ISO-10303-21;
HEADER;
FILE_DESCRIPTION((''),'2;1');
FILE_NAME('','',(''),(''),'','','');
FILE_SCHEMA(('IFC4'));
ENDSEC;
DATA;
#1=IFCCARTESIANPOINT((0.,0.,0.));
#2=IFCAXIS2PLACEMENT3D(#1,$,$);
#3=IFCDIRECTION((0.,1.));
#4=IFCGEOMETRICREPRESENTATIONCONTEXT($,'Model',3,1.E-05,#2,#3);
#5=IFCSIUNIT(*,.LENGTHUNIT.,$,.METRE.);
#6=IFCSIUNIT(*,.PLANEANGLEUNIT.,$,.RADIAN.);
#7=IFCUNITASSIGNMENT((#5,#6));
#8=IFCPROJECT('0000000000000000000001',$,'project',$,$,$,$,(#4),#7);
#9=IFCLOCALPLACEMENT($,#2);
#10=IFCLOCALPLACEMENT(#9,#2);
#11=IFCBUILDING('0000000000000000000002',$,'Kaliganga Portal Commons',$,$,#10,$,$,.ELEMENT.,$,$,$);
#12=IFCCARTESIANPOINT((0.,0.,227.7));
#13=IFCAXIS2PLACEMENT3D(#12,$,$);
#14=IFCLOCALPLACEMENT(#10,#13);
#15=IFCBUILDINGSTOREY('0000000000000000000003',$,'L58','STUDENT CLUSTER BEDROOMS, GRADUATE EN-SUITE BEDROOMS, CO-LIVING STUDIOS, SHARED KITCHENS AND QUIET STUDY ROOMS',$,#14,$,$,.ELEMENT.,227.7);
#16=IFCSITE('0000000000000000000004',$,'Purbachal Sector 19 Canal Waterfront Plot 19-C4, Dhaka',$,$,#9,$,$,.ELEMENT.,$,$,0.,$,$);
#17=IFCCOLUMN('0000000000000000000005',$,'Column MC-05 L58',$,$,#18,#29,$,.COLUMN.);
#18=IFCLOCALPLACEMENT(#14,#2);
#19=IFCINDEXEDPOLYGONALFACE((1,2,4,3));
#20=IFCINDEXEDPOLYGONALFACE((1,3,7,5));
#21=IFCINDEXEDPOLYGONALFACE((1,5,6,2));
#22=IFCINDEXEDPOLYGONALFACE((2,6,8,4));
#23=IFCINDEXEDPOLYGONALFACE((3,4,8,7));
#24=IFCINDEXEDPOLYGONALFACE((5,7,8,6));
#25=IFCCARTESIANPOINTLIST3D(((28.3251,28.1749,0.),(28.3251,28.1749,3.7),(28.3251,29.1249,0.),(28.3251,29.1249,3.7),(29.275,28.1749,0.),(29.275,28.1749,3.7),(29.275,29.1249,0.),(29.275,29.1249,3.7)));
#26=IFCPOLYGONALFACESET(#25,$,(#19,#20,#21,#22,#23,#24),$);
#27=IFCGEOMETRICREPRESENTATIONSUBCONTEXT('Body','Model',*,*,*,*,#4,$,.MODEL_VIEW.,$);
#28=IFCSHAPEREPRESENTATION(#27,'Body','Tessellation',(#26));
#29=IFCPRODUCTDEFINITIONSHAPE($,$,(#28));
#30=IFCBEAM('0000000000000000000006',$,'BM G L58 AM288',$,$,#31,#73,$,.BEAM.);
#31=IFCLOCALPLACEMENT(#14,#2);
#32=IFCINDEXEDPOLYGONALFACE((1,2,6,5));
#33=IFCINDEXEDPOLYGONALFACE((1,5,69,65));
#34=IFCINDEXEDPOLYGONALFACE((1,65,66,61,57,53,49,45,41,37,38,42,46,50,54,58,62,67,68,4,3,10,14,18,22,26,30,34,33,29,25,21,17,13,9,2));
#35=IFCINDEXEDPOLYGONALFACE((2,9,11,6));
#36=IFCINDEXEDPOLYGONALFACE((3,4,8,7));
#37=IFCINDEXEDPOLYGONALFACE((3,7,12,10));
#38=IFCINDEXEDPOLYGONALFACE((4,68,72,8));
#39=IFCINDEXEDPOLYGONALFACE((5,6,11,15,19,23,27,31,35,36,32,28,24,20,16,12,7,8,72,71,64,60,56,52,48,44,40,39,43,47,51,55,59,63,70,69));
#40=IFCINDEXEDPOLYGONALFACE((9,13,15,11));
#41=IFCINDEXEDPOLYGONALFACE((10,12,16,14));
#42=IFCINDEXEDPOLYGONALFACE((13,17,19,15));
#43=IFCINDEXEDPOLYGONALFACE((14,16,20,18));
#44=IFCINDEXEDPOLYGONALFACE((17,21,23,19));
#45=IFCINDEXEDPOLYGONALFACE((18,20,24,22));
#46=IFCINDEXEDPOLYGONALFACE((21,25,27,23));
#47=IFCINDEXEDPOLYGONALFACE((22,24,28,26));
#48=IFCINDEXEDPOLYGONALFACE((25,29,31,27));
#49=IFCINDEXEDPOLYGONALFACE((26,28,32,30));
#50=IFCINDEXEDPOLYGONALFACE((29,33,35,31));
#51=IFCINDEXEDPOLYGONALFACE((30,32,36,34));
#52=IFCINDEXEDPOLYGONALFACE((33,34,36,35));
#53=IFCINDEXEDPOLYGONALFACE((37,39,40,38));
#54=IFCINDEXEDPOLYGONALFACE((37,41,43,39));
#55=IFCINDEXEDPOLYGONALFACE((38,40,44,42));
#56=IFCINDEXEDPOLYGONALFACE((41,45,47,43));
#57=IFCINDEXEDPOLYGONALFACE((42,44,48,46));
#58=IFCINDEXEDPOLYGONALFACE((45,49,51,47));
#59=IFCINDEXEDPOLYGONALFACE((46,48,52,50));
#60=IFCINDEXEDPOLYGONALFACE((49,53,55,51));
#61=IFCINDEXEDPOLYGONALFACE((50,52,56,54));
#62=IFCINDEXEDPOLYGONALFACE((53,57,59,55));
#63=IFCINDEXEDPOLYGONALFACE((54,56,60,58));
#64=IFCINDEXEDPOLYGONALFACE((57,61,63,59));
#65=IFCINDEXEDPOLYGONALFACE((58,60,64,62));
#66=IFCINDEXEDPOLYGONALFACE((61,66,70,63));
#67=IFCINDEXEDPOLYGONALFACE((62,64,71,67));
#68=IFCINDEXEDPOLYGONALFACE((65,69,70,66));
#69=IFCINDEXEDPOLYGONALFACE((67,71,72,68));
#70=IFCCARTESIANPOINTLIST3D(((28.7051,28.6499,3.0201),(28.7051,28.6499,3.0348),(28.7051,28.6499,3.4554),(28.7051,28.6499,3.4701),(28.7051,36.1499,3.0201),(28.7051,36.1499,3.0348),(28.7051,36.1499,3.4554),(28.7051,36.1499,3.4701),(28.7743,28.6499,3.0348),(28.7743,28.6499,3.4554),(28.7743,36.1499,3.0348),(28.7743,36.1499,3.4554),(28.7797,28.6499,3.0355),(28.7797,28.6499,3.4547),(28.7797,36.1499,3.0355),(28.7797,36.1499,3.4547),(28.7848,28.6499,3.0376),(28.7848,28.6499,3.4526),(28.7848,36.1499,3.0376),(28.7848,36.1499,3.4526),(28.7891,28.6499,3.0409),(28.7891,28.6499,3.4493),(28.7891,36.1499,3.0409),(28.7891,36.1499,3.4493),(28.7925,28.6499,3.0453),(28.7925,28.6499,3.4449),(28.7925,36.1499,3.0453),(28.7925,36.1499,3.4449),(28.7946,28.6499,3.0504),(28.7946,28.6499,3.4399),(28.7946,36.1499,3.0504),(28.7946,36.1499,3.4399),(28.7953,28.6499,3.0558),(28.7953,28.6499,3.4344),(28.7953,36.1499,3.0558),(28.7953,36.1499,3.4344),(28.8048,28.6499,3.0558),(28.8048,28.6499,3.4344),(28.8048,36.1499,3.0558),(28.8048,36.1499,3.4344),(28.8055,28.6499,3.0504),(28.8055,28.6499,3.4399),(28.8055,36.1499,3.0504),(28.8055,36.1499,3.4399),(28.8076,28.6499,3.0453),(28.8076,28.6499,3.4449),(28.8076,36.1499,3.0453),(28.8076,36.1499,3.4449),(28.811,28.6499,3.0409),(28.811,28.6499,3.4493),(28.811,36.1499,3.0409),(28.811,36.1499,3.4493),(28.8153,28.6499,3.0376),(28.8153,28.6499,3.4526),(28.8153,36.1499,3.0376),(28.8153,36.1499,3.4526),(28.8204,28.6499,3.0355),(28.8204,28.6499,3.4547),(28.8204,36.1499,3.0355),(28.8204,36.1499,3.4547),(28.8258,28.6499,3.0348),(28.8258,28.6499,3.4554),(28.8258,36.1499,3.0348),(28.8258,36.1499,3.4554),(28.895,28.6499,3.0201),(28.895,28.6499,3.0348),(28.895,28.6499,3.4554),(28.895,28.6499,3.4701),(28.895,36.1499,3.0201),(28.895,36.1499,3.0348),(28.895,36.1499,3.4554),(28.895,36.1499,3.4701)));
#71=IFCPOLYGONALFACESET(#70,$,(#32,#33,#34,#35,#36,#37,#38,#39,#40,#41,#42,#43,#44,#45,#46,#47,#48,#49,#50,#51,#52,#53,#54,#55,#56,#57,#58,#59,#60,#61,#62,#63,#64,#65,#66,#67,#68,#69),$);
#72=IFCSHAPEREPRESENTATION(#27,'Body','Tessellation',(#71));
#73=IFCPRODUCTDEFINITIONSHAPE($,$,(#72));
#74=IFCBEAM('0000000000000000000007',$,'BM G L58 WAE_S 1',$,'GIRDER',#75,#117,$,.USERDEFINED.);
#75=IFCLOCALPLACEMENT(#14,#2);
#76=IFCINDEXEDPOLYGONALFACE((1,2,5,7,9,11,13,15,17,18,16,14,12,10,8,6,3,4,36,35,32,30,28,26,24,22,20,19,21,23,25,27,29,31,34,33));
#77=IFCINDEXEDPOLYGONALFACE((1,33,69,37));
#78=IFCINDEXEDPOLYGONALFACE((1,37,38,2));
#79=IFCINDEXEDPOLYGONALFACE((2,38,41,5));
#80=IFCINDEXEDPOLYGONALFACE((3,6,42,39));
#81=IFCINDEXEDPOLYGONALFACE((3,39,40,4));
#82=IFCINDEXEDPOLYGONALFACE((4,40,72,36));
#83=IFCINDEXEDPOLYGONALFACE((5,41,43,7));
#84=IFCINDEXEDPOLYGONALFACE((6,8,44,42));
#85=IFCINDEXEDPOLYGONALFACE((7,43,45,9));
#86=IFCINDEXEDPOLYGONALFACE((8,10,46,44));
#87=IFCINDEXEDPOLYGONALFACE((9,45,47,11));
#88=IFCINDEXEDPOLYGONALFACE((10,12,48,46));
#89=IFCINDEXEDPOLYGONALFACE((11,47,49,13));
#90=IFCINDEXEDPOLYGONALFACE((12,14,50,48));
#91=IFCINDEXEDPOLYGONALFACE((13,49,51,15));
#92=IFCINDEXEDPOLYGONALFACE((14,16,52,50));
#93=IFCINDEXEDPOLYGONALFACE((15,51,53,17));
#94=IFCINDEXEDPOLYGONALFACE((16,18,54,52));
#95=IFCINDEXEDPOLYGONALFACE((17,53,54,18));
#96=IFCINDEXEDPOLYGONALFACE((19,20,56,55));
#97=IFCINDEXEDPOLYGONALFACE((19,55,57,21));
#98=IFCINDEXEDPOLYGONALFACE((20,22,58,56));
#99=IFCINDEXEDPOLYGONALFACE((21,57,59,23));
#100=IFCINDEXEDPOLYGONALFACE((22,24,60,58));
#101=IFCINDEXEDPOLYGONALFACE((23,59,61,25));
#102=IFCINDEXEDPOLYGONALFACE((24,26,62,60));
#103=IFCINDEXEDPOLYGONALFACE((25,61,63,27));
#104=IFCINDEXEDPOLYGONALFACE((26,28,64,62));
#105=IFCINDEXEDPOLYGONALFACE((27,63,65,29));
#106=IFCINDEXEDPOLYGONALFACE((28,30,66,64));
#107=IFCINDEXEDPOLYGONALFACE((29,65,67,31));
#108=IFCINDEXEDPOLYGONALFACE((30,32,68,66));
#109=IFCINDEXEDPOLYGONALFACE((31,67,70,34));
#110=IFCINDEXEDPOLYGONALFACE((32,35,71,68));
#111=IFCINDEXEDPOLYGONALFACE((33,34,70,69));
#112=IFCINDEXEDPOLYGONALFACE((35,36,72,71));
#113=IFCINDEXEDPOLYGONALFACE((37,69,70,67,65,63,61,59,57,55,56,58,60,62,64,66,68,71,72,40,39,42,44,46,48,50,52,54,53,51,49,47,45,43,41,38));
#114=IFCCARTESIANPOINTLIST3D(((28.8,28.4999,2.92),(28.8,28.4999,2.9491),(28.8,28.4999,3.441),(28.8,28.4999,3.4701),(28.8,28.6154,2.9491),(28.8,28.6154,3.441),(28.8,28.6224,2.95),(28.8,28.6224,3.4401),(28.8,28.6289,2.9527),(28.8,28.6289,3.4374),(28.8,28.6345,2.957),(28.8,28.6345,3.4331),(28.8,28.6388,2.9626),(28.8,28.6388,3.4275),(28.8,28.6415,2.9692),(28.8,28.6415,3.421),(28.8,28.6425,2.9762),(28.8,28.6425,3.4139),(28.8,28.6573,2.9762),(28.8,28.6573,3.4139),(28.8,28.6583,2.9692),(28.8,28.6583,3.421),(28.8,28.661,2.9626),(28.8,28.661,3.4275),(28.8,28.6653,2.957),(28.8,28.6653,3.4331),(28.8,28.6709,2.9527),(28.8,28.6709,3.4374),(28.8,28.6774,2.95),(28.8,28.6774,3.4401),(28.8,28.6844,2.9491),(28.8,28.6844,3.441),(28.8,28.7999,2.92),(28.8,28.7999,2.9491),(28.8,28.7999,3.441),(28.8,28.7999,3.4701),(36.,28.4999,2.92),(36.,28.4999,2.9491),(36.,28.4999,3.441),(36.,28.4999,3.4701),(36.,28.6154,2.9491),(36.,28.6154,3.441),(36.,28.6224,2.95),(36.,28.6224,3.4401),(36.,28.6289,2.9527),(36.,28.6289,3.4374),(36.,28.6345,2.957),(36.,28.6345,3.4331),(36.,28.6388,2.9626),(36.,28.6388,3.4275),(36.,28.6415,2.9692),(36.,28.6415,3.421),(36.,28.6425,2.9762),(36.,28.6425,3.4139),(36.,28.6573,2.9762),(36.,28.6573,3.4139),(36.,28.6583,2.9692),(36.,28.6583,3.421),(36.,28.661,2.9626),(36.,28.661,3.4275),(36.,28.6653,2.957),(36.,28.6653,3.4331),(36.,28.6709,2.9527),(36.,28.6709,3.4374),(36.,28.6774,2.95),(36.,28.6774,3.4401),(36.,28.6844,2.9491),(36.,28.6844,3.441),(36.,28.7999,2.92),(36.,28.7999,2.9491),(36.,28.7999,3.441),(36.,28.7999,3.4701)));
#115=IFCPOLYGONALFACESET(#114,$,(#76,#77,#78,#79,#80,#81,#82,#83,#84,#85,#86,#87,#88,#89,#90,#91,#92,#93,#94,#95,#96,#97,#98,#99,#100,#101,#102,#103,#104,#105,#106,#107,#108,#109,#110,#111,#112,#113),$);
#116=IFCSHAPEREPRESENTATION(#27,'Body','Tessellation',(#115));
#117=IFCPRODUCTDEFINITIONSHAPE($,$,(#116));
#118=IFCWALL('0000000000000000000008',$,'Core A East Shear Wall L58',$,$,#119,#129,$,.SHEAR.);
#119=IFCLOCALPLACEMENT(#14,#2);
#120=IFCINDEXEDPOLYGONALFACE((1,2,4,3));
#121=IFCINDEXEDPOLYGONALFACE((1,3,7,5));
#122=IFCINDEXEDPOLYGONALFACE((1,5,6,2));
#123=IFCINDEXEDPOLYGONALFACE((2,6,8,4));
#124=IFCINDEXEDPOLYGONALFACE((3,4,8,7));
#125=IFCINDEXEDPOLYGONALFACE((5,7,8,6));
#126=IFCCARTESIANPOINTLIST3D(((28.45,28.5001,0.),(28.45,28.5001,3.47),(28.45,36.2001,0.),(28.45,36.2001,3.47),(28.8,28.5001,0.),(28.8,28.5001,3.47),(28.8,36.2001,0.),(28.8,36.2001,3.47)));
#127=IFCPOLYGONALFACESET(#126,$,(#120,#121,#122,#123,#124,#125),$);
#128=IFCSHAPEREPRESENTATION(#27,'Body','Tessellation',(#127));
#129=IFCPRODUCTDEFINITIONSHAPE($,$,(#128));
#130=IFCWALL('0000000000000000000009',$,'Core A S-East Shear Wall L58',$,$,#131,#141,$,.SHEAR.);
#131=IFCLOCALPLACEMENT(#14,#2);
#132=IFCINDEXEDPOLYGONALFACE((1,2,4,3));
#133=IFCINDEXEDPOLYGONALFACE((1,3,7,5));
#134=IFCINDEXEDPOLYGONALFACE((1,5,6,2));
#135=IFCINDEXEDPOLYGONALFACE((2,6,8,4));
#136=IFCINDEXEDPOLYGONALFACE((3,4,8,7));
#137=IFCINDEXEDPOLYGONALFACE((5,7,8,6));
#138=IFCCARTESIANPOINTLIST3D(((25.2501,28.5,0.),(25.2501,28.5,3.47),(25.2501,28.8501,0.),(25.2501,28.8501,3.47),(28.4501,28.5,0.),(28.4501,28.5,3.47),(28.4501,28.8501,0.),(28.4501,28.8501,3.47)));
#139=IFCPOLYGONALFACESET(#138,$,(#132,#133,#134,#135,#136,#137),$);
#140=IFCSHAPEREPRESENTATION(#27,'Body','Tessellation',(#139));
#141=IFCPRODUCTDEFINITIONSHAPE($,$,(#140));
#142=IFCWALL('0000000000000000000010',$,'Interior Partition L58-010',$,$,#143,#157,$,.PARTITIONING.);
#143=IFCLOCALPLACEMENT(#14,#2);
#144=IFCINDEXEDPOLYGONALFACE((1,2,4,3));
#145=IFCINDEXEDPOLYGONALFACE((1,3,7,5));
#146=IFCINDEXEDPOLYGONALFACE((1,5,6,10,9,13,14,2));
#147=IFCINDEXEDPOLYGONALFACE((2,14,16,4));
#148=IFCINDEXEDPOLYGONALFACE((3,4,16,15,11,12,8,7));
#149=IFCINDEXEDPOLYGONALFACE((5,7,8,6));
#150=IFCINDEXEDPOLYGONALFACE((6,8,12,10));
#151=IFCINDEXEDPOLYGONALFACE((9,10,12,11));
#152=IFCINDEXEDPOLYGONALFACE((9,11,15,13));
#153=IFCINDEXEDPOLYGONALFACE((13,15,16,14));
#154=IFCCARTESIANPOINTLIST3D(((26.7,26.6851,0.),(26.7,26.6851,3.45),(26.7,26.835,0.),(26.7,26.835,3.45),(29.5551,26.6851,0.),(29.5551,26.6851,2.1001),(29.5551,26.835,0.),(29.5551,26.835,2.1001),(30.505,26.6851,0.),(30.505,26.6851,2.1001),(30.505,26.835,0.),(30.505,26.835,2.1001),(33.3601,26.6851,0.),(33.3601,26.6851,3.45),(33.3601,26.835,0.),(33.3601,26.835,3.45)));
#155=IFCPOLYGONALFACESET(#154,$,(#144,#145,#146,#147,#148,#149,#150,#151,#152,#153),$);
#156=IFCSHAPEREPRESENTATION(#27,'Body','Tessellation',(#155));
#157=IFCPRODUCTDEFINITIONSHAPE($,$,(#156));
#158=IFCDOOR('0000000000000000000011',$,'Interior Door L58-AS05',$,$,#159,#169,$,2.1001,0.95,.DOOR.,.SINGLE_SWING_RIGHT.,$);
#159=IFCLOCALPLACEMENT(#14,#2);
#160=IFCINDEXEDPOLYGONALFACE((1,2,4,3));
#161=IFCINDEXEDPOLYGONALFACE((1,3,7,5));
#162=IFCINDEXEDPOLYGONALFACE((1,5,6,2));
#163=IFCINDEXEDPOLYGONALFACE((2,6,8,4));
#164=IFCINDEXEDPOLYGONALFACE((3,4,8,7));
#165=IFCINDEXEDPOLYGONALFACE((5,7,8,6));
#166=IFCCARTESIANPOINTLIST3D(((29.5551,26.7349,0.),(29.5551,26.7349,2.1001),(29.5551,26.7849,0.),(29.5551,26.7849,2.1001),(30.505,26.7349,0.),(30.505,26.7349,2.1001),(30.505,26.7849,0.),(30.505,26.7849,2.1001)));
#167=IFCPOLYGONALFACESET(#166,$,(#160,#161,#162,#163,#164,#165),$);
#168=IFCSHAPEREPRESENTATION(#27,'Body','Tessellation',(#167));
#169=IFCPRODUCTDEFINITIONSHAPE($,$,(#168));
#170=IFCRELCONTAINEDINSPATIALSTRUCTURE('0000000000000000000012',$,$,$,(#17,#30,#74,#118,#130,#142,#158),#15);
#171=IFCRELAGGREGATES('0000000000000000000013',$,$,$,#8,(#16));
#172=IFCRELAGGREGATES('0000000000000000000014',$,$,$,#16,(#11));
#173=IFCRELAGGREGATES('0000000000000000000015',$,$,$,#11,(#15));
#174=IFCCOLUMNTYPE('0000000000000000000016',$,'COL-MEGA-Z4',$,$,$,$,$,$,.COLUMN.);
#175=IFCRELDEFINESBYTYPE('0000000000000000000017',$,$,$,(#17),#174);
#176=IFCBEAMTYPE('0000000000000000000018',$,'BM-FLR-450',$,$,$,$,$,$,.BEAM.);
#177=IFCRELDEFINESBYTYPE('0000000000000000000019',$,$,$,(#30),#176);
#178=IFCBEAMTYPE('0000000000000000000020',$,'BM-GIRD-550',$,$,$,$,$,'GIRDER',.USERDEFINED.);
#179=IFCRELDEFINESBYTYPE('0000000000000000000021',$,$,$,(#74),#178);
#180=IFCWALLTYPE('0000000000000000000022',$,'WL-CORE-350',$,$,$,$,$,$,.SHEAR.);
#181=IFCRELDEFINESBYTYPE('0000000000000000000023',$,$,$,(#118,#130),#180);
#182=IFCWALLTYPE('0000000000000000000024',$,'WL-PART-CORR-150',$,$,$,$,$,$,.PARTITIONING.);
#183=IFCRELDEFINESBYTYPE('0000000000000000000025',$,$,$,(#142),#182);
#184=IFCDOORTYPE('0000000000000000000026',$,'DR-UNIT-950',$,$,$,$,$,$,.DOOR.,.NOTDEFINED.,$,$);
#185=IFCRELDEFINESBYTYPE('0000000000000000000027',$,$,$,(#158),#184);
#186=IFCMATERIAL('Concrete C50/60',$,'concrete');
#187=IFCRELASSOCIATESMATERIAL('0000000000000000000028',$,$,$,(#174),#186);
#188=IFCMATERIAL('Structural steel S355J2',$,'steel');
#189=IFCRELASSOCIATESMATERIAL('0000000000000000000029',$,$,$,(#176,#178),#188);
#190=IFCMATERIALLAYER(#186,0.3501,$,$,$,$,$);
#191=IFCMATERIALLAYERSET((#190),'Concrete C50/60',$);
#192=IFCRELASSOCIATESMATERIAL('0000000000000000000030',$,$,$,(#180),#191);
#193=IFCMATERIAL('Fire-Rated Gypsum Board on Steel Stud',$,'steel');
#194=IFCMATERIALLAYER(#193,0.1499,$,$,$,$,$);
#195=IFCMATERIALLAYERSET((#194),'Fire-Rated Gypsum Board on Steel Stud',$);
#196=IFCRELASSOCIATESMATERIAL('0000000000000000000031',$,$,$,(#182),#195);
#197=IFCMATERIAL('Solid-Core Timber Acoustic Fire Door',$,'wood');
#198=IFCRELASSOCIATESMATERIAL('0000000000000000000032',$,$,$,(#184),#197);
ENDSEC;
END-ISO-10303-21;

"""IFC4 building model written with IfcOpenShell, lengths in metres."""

from ifc_helpers import new_model, si_unit, direction, frame, frame_2d, origin, origin_2d, place, context, subcontext, project, spatial, rectangle, i_section, extrude, source, transform, mapped, material, layer, layer_set, material_profile, profile_set, type_object, element, fill, save


model = new_model("IFC4")

# Units and contexts
model_context = context("Model", 3, precision=1e-05, world=origin(), true_north=direction((0.0, 1.0)))
body_context = subcontext(model_context, "Body", "Model", "MODEL_VIEW")
ifc_project = project(units=[si_unit("LENGTHUNIT", "METRE"), si_unit("PLANEANGLEUNIT", "RADIAN")], contexts=[model_context])

# Site, building, storey
site_placement = place(None, origin())
site = spatial("IfcSite", under=ifc_project, at=site_placement, Name="Purbachal Sector 19 Canal Waterfront Plot 19-C4, Dhaka", CompositionType="ELEMENT", RefElevation=0.0)
building_placement = place(site_placement, origin())
building = spatial("IfcBuilding", under=site, at=building_placement, Name="Kaliganga Portal Commons", CompositionType="ELEMENT")
storey_placement = place(building_placement, frame((0.0, 0.0, 227.7)))
storey = spatial("IfcBuildingStorey", under=building, at=storey_placement, Name="L58", Description="STUDENT CLUSTER BEDROOMS, GRADUATE EN-SUITE BEDROOMS, CO-LIVING STUDIOS, SHARED KITCHENS AND QUIET STUDY ROOMS", CompositionType="ELEMENT", Elevation=227.7)

# Column
ifc_material_1 = material(Name="Concrete C50/60", Category="concrete")
ifc_material_profile_1 = material_profile(ifc_material_1, rectangle(XDim=0.95, YDim=0.95, at=origin_2d()), Name="RC 950x950")
ifc_profile_set_1 = profile_set([ifc_material_profile_1], Name="Concrete C50/60")
column_type = type_object("IfcColumnType", Name="COL-MEGA-Z4", PredefinedType="COLUMN", material=ifc_profile_set_1)
shared_shape_1 = source(origin(), body_context, "Body", "SweptSolid", [
    extrude(rectangle(XDim=0.95, YDim=0.95, at=origin_2d()), origin(), (0.0, 0.0, 1.0), 3.7),
])
column_placement = place(storey_placement, frame((28.8, 28.6499, 0.0), z_axis=(0.0, 0.0, 1.0), x_axis=(1.0, 0.0, 0.0)))
element("IfcColumn", 1, at=column_placement, inside=storey, type_object=column_type, Name="Column MC-05 L58", PredefinedType="COLUMN", context=body_context, shape_type="MappedRepresentation", body=[
    mapped(shared_shape_1, transform((0.0, 0.0, 0.0), x_axis=(1.0, 0.0, 0.0), y_axis=(0.0, 1.0, 0.0), z_axis=(0.0, 0.0, 1.0), scale=1.0)),
])

# Beams
ifc_material_2 = material(Name="Structural steel S355J2", Category="steel")
ifc_material_profile_2 = material_profile(ifc_material_2, i_section(OverallWidth=0.1899, OverallDepth=0.45, WebThickness=0.0095, FlangeThickness=0.0146, FilletRadius=0.021, at=origin_2d()), Name="IPE 450")
ifc_profile_set_2 = profile_set([ifc_material_profile_2], Name="Structural steel S355J2 wide-flange")
beam_type_1 = type_object("IfcBeamType", Name="BM-FLR-450", PredefinedType="BEAM", material=ifc_profile_set_2)
shared_shape_2 = source(origin(), body_context, "Body", "SweptSolid", [
    extrude(i_section(OverallWidth=0.1899, OverallDepth=0.45, WebThickness=0.0095, FlangeThickness=0.0146, FilletRadius=0.021, at=origin_2d()), origin(), (0.0, 0.0, 1.0), 7.5),
])
beam_1_placement = place(storey_placement, frame((28.8, 28.6499, 3.2451), z_axis=(0.0, 1.0, 0.0), x_axis=(-1.0, 0.0, 0.0)))
element("IfcBeam", 2, at=beam_1_placement, inside=storey, type_object=beam_type_1, Name="BM G L58 AM288", PredefinedType="BEAM", context=body_context, shape_type="MappedRepresentation", body=[
    mapped(shared_shape_2, transform((0.0, 0.0, 0.0), x_axis=(1.0, 0.0, 0.0), y_axis=(0.0, 1.0, 0.0), z_axis=(0.0, 0.0, 1.0), scale=1.0)),
])
ifc_material_profile_3 = material_profile(ifc_material_2, i_section(OverallWidth=0.3, OverallDepth=0.55, WebThickness=0.0149, FlangeThickness=0.0291, FilletRadius=0.0271, at=origin_2d()), Name="HE 550 B")
ifc_profile_set_3 = profile_set([ifc_material_profile_3], Name="Structural steel S355J2 wide-flange")
beam_type_2 = type_object("IfcBeamType", Name="BM-GIRD-550", ElementType="GIRDER", PredefinedType="USERDEFINED", material=ifc_profile_set_3)
shared_shape_3 = source(origin(), body_context, "Body", "SweptSolid", [
    extrude(i_section(OverallWidth=0.3, OverallDepth=0.55, WebThickness=0.0149, FlangeThickness=0.0291, FilletRadius=0.0271, at=origin_2d()), origin(), (0.0, 0.0, 1.0), 7.2),
])
beam_2_placement = place(storey_placement, frame((28.8, 28.6499, 3.1951), z_axis=(1.0, 0.0, 0.0), x_axis=(0.0, 1.0, 0.0)))
element("IfcBeam", 3, at=beam_2_placement, inside=storey, type_object=beam_type_2, Name="BM G L58 WAE_S 1", ObjectType="GIRDER", PredefinedType="USERDEFINED", context=body_context, shape_type="MappedRepresentation", body=[
    mapped(shared_shape_3, transform((0.0, 0.0, 0.0), x_axis=(1.0, 0.0, 0.0), y_axis=(0.0, 1.0, 0.0), z_axis=(0.0, 0.0, 1.0), scale=1.0)),
])

# Walls
ifc_layer_1 = layer(ifc_material_1, 0.3501)
ifc_layer_set_1 = layer_set([ifc_layer_1], Name="Concrete C50/60")
wall_type_1 = type_object("IfcWallType", Name="WL-CORE-350", PredefinedType="SHEAR", material=ifc_layer_set_1)
wall_1_placement = place(storey_placement, frame((28.625, 28.5, 0.0), z_axis=(0.0, 0.0, 1.0), x_axis=(0.0, 1.0, 0.0)))
element("IfcWall", 4, at=wall_1_placement, inside=storey, type_object=wall_type_1, Name="Core A East Shear Wall L58", PredefinedType="SHEAR", context=body_context, shape_type="SweptSolid", body=[
    extrude(rectangle(XDim=7.7, YDim=0.3501, at=frame_2d((3.8501, 0.0))), origin(), (0.0, 0.0, 1.0), 3.47),
])
wall_2_placement = place(storey_placement, frame((25.25, 28.675, 0.0), z_axis=(0.0, 0.0, 1.0), x_axis=(1.0, 0.0, 0.0)))
element("IfcWall", 5, at=wall_2_placement, inside=storey, type_object=wall_type_1, Name="Core A S-East Shear Wall L58", PredefinedType="SHEAR", context=body_context, shape_type="SweptSolid", body=[
    extrude(rectangle(XDim=3.2, YDim=0.3501, at=frame_2d((1.6001, 0.0))), origin(), (0.0, 0.0, 1.0), 3.47),
])

# Wall, opening, door
ifc_material_3 = material(Name="Fire-Rated Gypsum Board on Steel Stud", Category="steel")
ifc_layer_2 = layer(ifc_material_3, 0.1499)
ifc_layer_set_2 = layer_set([ifc_layer_2], Name="Fire-Rated Gypsum Board on Steel Stud")
wall_type_2 = type_object("IfcWallType", Name="WL-PART-CORR-150", PredefinedType="PARTITIONING", material=ifc_layer_set_2)
wall_3_placement = place(storey_placement, frame((26.7, 26.76, 0.0), z_axis=(0.0, 0.0, 1.0), x_axis=(1.0, 0.0, 0.0)))
wall_3 = element("IfcWall", 6, at=wall_3_placement, inside=storey, type_object=wall_type_2, Name="Interior Partition L58-010", PredefinedType="PARTITIONING", context=body_context, shape_type="SweptSolid", body=[
    extrude(rectangle(XDim=6.6602, YDim=0.1499, at=frame_2d((3.3301, 0.0))), origin(), (0.0, 0.0, 1.0), 3.45),
])
opening_1_placement = place(wall_3_placement, frame((2.855, 0.0, 0.0)))
opening_1 = element("IfcOpeningElement", 7, at=opening_1_placement, cuts=wall_3, PredefinedType="OPENING", context=body_context, shape_type="SweptSolid", body=[
    extrude(rectangle(XDim=0.95, YDim=2.1001, at=frame_2d((0.4751, 1.05))), frame((0.0, 0.085, 0.0), z_axis=(0.0, -1.0, 0.0), x_axis=(1.0, 0.0, 0.0)), (0.0, 0.0, 1.0), 0.1699),
])
ifc_material_4 = material(Name="Solid-Core Timber Acoustic Fire Door", Category="wood")
door_type_1 = type_object("IfcDoorType", Name="DR-UNIT-950", OperationType="NOTDEFINED", PredefinedType="DOOR", material=ifc_material_4)
door_1_placement = place(opening_1_placement, origin())
door_1 = element("IfcDoor", 8, at=door_1_placement, inside=storey, type_object=door_type_1, Name="Interior Door L58-AS05", OperationType="SINGLE_SWING_RIGHT", OverallHeight=2.1001, OverallWidth=0.95, PredefinedType="DOOR", context=body_context, shape_type="SweptSolid", body=[
    extrude(rectangle(XDim=0.95, YDim=2.1001, at=frame_2d((0.4751, 1.05))), frame((0.0, 0.0249, 0.0), z_axis=(0.0, -1.0, 0.0), x_axis=(1.0, 0.0, 0.0)), (0.0, 0.0, 1.0), 0.05),
])
fill(opening_1, door_1)

save(model, "model.ifc")
